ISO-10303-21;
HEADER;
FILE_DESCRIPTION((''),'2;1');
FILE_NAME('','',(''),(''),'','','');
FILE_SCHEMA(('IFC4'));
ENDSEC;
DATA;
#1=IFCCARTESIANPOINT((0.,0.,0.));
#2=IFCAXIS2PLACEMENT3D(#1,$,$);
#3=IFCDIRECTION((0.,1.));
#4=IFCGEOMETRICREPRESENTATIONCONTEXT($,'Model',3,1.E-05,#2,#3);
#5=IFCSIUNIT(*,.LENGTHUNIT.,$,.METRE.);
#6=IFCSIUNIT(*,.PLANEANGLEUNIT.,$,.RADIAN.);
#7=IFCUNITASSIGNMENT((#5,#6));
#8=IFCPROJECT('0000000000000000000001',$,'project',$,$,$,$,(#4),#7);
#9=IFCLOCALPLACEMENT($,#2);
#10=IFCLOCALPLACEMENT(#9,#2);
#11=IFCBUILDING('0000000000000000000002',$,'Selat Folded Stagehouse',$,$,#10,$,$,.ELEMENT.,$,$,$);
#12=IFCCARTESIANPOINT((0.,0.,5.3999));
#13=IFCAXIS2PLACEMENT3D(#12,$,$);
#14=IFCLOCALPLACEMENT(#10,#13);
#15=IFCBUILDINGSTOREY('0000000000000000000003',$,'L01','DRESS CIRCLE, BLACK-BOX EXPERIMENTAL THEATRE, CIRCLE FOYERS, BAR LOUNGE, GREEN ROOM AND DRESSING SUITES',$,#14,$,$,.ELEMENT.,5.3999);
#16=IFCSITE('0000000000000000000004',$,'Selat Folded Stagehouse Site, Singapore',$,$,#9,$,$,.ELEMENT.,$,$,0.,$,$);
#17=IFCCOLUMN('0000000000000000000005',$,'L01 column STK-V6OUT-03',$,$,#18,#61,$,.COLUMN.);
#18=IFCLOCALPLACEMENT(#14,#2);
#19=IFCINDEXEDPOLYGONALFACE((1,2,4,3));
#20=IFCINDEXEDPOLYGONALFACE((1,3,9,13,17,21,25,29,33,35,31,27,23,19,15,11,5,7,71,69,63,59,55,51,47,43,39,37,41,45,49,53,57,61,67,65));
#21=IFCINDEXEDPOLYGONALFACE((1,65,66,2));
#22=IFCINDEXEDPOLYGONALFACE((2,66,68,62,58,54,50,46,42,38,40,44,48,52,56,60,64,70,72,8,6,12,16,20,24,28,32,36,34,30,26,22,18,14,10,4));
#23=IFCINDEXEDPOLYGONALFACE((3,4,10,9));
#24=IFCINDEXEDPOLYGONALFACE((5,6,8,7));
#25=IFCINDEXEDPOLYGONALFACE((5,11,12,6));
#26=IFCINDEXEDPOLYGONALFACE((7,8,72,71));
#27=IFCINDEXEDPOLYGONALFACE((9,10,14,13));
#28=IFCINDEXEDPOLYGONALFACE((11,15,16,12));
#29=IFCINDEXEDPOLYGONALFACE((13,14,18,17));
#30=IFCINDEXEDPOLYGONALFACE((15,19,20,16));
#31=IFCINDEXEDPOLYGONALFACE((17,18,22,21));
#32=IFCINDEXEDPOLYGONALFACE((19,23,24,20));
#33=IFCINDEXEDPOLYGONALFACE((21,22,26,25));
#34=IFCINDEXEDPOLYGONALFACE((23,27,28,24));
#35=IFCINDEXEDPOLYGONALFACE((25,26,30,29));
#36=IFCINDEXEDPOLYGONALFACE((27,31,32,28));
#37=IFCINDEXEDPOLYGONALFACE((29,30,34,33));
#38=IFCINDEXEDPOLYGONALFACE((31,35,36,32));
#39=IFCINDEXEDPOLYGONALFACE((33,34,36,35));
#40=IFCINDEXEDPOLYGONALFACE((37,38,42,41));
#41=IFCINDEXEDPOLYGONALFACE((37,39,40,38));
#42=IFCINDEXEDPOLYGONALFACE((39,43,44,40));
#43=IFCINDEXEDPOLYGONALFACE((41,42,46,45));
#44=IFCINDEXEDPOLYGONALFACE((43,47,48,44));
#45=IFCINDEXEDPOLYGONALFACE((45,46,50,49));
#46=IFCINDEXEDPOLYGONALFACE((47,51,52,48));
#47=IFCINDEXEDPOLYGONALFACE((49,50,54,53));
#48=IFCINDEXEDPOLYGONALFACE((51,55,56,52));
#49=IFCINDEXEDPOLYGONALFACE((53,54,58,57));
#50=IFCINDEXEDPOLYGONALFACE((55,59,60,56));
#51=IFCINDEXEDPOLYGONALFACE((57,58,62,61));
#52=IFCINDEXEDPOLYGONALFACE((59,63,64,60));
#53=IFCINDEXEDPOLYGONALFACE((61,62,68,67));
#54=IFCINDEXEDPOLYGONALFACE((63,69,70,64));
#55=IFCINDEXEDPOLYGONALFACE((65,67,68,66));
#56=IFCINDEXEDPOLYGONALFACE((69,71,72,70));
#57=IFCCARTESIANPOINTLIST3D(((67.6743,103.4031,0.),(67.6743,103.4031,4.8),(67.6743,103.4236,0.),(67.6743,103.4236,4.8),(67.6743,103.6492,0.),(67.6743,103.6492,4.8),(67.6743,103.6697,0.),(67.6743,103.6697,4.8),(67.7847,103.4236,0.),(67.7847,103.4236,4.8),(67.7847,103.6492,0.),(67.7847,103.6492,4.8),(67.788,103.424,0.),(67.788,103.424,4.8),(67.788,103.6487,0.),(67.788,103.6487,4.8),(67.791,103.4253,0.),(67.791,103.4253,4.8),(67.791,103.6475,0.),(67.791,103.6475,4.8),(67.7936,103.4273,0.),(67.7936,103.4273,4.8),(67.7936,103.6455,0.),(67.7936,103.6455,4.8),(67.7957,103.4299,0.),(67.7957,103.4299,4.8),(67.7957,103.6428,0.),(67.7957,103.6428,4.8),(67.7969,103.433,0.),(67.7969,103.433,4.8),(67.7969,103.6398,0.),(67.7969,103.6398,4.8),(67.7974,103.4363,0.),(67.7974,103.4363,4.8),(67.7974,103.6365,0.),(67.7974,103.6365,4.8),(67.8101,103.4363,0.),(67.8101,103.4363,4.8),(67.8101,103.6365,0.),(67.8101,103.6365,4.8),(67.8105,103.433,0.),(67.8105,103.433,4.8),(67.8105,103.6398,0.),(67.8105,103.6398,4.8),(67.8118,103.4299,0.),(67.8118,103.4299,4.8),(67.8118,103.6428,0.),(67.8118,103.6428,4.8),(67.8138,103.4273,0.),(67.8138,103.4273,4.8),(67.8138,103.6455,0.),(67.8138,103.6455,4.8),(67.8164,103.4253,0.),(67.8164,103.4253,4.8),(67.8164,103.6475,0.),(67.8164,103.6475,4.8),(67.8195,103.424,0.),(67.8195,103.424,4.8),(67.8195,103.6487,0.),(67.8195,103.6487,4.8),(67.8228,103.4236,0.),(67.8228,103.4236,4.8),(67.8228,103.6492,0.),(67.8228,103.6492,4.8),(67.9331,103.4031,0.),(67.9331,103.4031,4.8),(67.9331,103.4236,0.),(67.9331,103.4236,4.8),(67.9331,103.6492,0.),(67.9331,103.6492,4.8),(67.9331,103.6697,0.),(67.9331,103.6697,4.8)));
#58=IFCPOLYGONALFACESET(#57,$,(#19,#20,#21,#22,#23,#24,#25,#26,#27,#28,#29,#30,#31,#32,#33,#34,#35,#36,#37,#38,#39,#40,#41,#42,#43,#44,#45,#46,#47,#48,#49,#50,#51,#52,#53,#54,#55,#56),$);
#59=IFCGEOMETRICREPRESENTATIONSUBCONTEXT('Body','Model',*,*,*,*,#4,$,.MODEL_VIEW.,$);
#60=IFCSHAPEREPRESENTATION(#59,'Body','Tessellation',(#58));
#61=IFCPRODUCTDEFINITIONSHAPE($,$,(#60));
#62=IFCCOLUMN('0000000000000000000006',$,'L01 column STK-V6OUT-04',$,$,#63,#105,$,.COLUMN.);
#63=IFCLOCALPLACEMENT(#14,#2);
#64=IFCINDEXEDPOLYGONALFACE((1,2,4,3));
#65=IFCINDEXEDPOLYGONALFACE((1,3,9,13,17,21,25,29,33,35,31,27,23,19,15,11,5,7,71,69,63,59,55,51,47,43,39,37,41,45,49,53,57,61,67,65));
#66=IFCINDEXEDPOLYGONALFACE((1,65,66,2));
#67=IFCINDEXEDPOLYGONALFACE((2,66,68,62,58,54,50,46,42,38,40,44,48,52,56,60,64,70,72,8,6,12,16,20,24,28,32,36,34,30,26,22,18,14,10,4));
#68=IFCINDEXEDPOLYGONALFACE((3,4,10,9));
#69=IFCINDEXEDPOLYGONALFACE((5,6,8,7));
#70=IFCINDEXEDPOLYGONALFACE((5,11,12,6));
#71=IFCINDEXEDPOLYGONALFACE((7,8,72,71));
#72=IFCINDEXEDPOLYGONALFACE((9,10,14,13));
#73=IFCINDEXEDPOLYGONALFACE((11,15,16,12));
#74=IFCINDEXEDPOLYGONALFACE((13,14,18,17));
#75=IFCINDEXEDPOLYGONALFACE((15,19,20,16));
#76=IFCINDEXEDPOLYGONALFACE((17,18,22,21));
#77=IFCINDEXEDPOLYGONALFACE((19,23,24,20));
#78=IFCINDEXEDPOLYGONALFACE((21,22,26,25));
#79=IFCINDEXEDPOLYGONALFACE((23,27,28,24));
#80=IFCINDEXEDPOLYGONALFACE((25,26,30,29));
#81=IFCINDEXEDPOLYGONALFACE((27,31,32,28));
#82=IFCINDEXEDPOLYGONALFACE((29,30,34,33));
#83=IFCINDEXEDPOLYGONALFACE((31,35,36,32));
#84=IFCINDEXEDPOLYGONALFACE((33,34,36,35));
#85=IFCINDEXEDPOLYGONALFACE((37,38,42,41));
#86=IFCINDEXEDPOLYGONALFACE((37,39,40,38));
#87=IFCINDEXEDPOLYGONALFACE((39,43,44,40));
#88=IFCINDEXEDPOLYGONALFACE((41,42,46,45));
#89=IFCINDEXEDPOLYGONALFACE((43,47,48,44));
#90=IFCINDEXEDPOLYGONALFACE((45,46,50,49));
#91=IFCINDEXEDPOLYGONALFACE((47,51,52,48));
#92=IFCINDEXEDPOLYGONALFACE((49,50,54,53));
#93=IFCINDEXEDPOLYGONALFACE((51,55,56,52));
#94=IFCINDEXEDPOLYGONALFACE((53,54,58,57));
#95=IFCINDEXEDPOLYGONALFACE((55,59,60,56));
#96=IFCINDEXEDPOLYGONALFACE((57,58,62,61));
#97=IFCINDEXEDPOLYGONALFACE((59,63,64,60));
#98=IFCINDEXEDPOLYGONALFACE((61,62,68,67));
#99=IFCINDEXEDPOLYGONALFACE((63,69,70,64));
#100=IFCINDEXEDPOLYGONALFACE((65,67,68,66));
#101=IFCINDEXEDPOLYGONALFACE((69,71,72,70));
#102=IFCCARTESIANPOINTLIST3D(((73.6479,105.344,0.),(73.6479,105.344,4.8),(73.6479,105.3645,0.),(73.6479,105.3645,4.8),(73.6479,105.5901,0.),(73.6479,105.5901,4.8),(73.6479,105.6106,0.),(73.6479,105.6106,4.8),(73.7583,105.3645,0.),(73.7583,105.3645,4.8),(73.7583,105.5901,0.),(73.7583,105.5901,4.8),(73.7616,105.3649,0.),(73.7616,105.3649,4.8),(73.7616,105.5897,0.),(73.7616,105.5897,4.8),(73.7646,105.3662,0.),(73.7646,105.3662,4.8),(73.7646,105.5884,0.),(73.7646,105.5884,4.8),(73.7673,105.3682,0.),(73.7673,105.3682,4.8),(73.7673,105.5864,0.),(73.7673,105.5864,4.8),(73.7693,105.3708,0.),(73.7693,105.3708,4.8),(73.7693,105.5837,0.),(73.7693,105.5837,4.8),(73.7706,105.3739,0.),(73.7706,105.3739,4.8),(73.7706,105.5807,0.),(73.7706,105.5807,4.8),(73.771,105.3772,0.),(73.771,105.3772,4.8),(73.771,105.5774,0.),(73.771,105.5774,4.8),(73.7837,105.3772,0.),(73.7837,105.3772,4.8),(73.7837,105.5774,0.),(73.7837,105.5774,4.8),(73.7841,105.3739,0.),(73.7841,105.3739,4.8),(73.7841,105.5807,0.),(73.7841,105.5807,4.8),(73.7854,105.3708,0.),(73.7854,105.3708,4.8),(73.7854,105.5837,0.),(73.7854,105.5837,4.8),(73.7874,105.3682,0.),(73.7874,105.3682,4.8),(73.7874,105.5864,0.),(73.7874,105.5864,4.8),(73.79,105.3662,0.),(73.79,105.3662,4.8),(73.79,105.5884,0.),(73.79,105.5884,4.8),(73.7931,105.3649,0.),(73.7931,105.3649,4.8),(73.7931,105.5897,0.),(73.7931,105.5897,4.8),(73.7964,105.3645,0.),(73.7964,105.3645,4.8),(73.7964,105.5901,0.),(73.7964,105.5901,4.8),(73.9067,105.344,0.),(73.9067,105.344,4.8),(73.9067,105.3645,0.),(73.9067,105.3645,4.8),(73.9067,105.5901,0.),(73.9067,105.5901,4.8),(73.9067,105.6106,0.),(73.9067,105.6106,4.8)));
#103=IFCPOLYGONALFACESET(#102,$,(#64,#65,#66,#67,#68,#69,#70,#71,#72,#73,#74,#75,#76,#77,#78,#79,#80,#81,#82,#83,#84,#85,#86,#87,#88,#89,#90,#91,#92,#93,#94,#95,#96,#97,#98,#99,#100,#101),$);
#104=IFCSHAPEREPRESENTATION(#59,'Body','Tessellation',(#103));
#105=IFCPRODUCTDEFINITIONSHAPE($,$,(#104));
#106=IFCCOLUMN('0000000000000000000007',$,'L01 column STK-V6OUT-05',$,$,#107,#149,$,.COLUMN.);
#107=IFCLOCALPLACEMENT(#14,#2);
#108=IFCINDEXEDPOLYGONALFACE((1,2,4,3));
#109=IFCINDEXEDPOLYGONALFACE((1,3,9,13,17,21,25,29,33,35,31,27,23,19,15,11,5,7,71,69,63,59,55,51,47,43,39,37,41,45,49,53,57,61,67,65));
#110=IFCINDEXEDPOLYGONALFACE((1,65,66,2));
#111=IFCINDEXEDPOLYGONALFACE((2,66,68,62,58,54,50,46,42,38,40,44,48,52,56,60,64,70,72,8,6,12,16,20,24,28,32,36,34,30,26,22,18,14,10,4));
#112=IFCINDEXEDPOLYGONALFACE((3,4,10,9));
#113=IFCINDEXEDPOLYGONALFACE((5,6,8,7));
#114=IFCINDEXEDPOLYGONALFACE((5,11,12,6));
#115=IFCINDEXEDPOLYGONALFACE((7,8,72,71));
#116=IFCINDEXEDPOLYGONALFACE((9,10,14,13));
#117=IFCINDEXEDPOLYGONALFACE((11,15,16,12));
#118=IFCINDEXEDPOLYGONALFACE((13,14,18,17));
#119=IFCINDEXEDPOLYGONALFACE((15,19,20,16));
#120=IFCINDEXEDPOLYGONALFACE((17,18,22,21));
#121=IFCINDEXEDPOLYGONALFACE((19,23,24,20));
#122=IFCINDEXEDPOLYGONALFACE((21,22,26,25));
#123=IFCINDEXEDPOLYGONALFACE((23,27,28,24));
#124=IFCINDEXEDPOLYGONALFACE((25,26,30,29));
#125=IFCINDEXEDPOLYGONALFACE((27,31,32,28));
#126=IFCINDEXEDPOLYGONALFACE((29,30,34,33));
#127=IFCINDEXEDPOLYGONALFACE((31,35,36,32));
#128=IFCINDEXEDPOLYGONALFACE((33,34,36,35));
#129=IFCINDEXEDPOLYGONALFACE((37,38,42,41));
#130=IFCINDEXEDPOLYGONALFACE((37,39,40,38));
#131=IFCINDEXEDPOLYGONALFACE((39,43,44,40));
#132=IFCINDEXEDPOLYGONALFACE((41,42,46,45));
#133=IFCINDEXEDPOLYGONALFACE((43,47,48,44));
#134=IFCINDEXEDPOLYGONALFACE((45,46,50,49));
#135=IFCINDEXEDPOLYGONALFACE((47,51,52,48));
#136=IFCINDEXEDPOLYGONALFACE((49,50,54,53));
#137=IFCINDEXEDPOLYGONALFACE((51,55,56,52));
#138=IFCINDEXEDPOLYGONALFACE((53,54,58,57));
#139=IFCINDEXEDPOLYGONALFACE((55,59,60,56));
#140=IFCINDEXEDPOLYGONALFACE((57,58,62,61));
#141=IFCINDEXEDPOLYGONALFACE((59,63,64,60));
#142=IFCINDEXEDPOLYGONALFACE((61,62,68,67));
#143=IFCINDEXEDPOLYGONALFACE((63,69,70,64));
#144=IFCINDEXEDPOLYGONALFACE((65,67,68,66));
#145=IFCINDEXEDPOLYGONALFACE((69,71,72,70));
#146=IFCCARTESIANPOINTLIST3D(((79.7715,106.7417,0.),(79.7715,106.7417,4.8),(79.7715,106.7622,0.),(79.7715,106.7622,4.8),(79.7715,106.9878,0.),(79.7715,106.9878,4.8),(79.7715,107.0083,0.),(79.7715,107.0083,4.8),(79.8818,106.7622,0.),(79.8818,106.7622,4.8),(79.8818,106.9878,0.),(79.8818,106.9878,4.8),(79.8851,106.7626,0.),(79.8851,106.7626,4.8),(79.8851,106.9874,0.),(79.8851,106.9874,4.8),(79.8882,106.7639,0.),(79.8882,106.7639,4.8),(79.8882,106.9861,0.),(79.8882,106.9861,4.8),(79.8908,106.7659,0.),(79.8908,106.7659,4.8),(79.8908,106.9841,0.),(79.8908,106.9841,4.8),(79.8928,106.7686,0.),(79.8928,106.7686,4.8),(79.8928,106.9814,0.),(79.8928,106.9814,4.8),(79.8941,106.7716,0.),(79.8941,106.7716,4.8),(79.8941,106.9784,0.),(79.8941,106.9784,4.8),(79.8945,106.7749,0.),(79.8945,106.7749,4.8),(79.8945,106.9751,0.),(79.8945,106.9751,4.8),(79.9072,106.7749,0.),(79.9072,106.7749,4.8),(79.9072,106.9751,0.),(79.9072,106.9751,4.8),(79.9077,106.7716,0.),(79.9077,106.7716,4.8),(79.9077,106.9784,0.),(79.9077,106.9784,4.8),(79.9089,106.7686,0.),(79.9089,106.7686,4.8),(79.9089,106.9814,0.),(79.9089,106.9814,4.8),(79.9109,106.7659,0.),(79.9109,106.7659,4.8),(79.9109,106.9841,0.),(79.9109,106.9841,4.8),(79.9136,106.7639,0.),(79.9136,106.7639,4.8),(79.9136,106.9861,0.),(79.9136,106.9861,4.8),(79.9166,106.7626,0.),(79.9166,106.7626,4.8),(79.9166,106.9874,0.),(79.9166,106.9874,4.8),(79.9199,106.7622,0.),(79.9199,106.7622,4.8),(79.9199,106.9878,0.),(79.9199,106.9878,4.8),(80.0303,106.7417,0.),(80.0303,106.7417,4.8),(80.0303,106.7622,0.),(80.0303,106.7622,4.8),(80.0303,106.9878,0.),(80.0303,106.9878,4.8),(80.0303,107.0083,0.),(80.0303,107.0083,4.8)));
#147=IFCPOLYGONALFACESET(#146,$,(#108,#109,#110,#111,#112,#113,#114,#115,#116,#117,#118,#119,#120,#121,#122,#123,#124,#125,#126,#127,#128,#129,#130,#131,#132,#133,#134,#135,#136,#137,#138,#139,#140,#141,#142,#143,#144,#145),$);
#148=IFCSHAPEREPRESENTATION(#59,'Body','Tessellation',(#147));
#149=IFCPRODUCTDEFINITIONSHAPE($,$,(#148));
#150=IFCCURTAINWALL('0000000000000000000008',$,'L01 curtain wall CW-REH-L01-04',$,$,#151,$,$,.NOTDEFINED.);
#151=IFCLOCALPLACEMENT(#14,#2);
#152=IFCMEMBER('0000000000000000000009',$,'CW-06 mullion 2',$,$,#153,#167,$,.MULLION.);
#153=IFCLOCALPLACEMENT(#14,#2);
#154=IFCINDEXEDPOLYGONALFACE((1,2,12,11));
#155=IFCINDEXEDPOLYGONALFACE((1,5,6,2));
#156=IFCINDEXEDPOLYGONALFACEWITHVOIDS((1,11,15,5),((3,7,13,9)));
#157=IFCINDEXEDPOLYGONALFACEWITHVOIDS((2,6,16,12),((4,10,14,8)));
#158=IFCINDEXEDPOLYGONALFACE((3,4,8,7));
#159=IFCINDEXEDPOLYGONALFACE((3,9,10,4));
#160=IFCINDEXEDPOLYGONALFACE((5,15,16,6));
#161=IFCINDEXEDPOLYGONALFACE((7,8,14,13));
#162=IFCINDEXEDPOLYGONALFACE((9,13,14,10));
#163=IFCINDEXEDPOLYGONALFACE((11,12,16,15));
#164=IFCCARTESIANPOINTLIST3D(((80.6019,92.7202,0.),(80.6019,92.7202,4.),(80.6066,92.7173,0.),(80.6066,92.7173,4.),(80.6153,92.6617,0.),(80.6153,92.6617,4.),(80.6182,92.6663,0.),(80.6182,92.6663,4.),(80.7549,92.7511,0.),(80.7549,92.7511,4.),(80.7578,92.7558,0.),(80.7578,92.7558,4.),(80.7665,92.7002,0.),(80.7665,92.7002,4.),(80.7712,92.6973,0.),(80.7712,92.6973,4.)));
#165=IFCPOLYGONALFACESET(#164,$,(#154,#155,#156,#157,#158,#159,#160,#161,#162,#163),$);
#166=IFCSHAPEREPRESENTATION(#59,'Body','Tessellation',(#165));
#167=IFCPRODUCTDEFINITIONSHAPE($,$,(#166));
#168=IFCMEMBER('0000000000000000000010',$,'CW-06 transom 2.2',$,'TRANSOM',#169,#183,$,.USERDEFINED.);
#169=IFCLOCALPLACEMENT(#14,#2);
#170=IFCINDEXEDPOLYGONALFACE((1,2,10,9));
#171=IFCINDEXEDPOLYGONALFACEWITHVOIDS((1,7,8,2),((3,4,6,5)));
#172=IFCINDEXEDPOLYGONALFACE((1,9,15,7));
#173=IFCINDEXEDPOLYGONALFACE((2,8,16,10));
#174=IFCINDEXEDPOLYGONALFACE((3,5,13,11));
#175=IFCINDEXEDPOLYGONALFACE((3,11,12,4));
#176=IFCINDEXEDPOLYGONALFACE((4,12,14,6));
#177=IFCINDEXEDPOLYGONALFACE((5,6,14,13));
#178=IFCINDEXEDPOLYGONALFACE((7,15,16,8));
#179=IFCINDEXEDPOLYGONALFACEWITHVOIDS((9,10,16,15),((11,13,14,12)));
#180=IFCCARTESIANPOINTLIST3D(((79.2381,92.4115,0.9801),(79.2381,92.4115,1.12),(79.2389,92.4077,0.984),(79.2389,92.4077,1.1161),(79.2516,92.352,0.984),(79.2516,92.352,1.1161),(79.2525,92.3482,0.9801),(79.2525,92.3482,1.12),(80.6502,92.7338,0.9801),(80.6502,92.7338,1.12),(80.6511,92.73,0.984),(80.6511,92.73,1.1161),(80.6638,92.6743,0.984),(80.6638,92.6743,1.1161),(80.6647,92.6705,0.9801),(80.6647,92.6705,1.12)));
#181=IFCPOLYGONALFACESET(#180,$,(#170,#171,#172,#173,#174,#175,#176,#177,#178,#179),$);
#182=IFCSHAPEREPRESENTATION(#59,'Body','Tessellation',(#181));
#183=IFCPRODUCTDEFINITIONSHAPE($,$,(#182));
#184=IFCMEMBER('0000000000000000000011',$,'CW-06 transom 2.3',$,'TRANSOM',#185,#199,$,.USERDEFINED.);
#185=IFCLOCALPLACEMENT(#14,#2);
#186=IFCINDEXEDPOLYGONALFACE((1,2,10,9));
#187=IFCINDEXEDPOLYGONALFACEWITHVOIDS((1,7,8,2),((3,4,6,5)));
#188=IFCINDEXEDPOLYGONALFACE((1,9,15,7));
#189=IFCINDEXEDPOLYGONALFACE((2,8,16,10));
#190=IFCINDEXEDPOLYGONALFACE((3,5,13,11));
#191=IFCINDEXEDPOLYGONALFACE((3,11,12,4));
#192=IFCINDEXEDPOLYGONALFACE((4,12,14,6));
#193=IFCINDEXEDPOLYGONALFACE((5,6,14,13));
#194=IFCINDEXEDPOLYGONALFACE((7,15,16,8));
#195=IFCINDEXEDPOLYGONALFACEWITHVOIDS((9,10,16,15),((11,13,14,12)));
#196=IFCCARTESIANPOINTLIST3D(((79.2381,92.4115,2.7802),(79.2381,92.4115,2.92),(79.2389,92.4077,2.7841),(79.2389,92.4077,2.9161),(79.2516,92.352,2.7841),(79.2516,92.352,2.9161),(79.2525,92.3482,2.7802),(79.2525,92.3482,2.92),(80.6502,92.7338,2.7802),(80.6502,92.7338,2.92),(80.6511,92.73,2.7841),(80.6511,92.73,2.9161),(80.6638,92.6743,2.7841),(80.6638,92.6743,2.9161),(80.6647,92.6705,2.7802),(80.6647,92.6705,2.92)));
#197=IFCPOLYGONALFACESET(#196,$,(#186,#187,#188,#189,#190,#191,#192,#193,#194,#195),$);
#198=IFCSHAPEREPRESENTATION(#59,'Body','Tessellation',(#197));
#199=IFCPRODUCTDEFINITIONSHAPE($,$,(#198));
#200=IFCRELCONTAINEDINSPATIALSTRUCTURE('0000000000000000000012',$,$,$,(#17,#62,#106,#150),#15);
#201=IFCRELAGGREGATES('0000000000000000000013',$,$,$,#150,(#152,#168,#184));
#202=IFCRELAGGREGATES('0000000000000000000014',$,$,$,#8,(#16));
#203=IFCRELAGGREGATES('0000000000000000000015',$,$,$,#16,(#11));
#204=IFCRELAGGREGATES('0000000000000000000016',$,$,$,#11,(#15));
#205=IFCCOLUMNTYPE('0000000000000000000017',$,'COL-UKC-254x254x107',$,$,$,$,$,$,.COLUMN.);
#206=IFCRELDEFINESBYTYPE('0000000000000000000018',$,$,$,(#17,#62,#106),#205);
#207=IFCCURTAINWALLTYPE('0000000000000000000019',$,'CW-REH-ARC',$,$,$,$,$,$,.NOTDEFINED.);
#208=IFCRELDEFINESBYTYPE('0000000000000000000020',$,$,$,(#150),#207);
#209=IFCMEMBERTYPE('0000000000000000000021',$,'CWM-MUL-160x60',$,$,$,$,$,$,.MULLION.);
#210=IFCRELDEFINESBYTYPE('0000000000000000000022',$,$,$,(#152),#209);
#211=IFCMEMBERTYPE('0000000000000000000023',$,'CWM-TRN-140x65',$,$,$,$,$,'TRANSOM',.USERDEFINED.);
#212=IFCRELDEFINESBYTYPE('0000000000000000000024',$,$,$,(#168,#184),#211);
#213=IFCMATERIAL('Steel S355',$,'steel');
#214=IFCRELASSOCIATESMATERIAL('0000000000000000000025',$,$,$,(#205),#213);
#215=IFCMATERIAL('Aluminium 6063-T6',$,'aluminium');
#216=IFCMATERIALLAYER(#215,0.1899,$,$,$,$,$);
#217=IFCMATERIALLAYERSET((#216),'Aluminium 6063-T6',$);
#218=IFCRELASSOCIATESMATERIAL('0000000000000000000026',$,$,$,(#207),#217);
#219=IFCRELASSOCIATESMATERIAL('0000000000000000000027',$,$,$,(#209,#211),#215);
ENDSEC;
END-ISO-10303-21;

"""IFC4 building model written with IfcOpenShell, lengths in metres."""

from ifc_helpers import new_model, si_unit, direction, frame, origin, origin_2d, place, context, subcontext, project, spatial, hollow_rectangle, i_section, extrude, material, layer, layer_set, material_profile, profile_set, type_object, element, aggregate, save


model = new_model("IFC4")

# Units and contexts
model_context = context("Model", 3, precision=1e-05, world=origin(), true_north=direction((0.0, 1.0)))
body_context = subcontext(model_context, "Body", "Model", "MODEL_VIEW")
ifc_project = project(units=[si_unit("LENGTHUNIT", "METRE"), si_unit("PLANEANGLEUNIT", "RADIAN")], contexts=[model_context])

# Site, building, storey
site_placement = place(None, origin())
site = spatial("IfcSite", under=ifc_project, at=site_placement, Name="Selat Folded Stagehouse Site, Singapore", CompositionType="ELEMENT", RefElevation=0.0)
building_placement = place(site_placement, origin())
building = spatial("IfcBuilding", under=site, at=building_placement, Name="Selat Folded Stagehouse", CompositionType="ELEMENT")
storey_placement = place(building_placement, frame((0.0, 0.0, 5.3999)))
storey = spatial("IfcBuildingStorey", under=building, at=storey_placement, Name="L01", Description="DRESS CIRCLE, BLACK-BOX EXPERIMENTAL THEATRE, CIRCLE FOYERS, BAR LOUNGE, GREEN ROOM AND DRESSING SUITES", CompositionType="ELEMENT", Elevation=5.3999)

# Columns
ifc_material_1 = material(Name="Steel S355", Category="steel")
ifc_material_profile_1 = material_profile(ifc_material_1, i_section(OverallWidth=0.2588, OverallDepth=0.2666, WebThickness=0.0127, FlangeThickness=0.0205, FilletRadius=0.0127, at=origin_2d()), Name="UKC 254x254x107")
ifc_profile_set_1 = profile_set([ifc_material_profile_1], Name="Steel S355")
column_type = type_object("IfcColumnType", Name="COL-UKC-254x254x107", PredefinedType="COLUMN", material=ifc_profile_set_1)
for number, where, z_axis, x_axis, name in (
    (1, (67.8037, 103.5364, 0.0), (0.0, 0.0, 1.0), (1.0, 0.0, 0.0), "L01 column STK-V6OUT-03"),
    (2, (73.7773, 105.4773, 0.0), (0.0, 0.0, 1.0), (1.0, 0.0, 0.0), "L01 column STK-V6OUT-04"),
    (3, (79.9009, 106.875, 0.0), (0.0, 0.0, 1.0), (1.0, 0.0, 0.0), "L01 column STK-V6OUT-05"),
):
    element("IfcColumn", number, at=place(storey_placement, frame(where, z_axis=z_axis, x_axis=x_axis)), inside=storey, type_object=column_type, Name=name, PredefinedType="COLUMN", context=body_context, shape_type="SweptSolid", body=[
        extrude(i_section(OverallWidth=0.2588, OverallDepth=0.2666, WebThickness=0.0127, FlangeThickness=0.0205, FilletRadius=0.0127, at=origin_2d()), origin(), (0.0, 0.0, 1.0), 4.8),
    ])

# Curtain wall, members
ifc_material_2 = material(Name="Aluminium 6063-T6", Category="aluminium")
ifc_layer_1 = layer(ifc_material_2, 0.1899)
ifc_layer_set_1 = layer_set([ifc_layer_1], Name="Aluminium 6063-T6")
curtain_wall_type = type_object("IfcCurtainWallType", Name="CW-REH-ARC", PredefinedType="NOTDEFINED", material=ifc_layer_set_1)
curtain_wall_placement = place(storey_placement, origin())
curtain_wall = element("IfcCurtainWall", 4, at=curtain_wall_placement, inside=storey, type_object=curtain_wall_type, Name="L01 curtain wall CW-REH-L01-04", PredefinedType="NOTDEFINED")
ifc_material_profile_2 = material_profile(ifc_material_2, hollow_rectangle(XDim=0.0601, YDim=0.1599, WallThickness=0.0039, at=origin_2d()), Name="ALU 160x60x4.0")
ifc_profile_set_2 = profile_set([ifc_material_profile_2], Name="Aluminium 6063-T6")
member_type_1 = type_object("IfcMemberType", Name="CWM-MUL-160x60", PredefinedType="MULLION", material=ifc_profile_set_2)
member_1_placement = place(storey_placement, frame((80.6865, 92.7087, 0.0), z_axis=(0.0, 0.0, 1.0), x_axis=(0.222543, -0.974923, 0.0)))
member_1 = element("IfcMember", 5, at=member_1_placement, type_object=member_type_1, Name="CW-06 mullion 2", PredefinedType="MULLION", context=body_context, shape_type="SweptSolid", body=[
    extrude(hollow_rectangle(XDim=0.0601, YDim=0.1599, WallThickness=0.0039, at=origin_2d()), origin(), (0.0, 0.0, 1.0), 4.0),
])
ifc_material_profile_3 = material_profile(ifc_material_2, hollow_rectangle(XDim=0.0649, YDim=0.1399, WallThickness=0.0039, at=origin_2d()), Name="ALU 140x65x4.0")
ifc_profile_set_3 = profile_set([ifc_material_profile_3], Name="Aluminium 6063-T6")
member_type_2 = type_object("IfcMemberType", Name="CWM-TRN-140x65", ElementType="TRANSOM", PredefinedType="USERDEFINED", material=ifc_profile_set_3)
member_2_placement = place(storey_placement, frame((80.6575, 92.7021, 1.05), z_axis=(-0.974934, -0.222495, 0.0), x_axis=(0.222495, -0.974934, 0.0)))
member_2 = element("IfcMember", 6, at=member_2_placement, type_object=member_type_2, Name="CW-06 transom 2.2", ObjectType="TRANSOM", PredefinedType="USERDEFINED", context=body_context, shape_type="SweptSolid", body=[
    extrude(hollow_rectangle(XDim=0.0649, YDim=0.1399, WallThickness=0.0039, at=origin_2d()), origin(), (0.0, 0.0, 1.0), 1.4485),
])
member_3_placement = place(storey_placement, frame((80.6575, 92.7021, 2.8501), z_axis=(-0.974934, -0.222495, 0.0), x_axis=(0.222495, -0.974934, 0.0)))
member_3 = element("IfcMember", 7, at=member_3_placement, type_object=member_type_2, Name="CW-06 transom 2.3", ObjectType="TRANSOM", PredefinedType="USERDEFINED", context=body_context, shape_type="SweptSolid", body=[
    extrude(hollow_rectangle(XDim=0.0649, YDim=0.1399, WallThickness=0.0039, at=origin_2d()), origin(), (0.0, 0.0, 1.0), 1.4485),
])

aggregate(curtain_wall, [member_1, member_2, member_3])

save(model, "model.ifc")
